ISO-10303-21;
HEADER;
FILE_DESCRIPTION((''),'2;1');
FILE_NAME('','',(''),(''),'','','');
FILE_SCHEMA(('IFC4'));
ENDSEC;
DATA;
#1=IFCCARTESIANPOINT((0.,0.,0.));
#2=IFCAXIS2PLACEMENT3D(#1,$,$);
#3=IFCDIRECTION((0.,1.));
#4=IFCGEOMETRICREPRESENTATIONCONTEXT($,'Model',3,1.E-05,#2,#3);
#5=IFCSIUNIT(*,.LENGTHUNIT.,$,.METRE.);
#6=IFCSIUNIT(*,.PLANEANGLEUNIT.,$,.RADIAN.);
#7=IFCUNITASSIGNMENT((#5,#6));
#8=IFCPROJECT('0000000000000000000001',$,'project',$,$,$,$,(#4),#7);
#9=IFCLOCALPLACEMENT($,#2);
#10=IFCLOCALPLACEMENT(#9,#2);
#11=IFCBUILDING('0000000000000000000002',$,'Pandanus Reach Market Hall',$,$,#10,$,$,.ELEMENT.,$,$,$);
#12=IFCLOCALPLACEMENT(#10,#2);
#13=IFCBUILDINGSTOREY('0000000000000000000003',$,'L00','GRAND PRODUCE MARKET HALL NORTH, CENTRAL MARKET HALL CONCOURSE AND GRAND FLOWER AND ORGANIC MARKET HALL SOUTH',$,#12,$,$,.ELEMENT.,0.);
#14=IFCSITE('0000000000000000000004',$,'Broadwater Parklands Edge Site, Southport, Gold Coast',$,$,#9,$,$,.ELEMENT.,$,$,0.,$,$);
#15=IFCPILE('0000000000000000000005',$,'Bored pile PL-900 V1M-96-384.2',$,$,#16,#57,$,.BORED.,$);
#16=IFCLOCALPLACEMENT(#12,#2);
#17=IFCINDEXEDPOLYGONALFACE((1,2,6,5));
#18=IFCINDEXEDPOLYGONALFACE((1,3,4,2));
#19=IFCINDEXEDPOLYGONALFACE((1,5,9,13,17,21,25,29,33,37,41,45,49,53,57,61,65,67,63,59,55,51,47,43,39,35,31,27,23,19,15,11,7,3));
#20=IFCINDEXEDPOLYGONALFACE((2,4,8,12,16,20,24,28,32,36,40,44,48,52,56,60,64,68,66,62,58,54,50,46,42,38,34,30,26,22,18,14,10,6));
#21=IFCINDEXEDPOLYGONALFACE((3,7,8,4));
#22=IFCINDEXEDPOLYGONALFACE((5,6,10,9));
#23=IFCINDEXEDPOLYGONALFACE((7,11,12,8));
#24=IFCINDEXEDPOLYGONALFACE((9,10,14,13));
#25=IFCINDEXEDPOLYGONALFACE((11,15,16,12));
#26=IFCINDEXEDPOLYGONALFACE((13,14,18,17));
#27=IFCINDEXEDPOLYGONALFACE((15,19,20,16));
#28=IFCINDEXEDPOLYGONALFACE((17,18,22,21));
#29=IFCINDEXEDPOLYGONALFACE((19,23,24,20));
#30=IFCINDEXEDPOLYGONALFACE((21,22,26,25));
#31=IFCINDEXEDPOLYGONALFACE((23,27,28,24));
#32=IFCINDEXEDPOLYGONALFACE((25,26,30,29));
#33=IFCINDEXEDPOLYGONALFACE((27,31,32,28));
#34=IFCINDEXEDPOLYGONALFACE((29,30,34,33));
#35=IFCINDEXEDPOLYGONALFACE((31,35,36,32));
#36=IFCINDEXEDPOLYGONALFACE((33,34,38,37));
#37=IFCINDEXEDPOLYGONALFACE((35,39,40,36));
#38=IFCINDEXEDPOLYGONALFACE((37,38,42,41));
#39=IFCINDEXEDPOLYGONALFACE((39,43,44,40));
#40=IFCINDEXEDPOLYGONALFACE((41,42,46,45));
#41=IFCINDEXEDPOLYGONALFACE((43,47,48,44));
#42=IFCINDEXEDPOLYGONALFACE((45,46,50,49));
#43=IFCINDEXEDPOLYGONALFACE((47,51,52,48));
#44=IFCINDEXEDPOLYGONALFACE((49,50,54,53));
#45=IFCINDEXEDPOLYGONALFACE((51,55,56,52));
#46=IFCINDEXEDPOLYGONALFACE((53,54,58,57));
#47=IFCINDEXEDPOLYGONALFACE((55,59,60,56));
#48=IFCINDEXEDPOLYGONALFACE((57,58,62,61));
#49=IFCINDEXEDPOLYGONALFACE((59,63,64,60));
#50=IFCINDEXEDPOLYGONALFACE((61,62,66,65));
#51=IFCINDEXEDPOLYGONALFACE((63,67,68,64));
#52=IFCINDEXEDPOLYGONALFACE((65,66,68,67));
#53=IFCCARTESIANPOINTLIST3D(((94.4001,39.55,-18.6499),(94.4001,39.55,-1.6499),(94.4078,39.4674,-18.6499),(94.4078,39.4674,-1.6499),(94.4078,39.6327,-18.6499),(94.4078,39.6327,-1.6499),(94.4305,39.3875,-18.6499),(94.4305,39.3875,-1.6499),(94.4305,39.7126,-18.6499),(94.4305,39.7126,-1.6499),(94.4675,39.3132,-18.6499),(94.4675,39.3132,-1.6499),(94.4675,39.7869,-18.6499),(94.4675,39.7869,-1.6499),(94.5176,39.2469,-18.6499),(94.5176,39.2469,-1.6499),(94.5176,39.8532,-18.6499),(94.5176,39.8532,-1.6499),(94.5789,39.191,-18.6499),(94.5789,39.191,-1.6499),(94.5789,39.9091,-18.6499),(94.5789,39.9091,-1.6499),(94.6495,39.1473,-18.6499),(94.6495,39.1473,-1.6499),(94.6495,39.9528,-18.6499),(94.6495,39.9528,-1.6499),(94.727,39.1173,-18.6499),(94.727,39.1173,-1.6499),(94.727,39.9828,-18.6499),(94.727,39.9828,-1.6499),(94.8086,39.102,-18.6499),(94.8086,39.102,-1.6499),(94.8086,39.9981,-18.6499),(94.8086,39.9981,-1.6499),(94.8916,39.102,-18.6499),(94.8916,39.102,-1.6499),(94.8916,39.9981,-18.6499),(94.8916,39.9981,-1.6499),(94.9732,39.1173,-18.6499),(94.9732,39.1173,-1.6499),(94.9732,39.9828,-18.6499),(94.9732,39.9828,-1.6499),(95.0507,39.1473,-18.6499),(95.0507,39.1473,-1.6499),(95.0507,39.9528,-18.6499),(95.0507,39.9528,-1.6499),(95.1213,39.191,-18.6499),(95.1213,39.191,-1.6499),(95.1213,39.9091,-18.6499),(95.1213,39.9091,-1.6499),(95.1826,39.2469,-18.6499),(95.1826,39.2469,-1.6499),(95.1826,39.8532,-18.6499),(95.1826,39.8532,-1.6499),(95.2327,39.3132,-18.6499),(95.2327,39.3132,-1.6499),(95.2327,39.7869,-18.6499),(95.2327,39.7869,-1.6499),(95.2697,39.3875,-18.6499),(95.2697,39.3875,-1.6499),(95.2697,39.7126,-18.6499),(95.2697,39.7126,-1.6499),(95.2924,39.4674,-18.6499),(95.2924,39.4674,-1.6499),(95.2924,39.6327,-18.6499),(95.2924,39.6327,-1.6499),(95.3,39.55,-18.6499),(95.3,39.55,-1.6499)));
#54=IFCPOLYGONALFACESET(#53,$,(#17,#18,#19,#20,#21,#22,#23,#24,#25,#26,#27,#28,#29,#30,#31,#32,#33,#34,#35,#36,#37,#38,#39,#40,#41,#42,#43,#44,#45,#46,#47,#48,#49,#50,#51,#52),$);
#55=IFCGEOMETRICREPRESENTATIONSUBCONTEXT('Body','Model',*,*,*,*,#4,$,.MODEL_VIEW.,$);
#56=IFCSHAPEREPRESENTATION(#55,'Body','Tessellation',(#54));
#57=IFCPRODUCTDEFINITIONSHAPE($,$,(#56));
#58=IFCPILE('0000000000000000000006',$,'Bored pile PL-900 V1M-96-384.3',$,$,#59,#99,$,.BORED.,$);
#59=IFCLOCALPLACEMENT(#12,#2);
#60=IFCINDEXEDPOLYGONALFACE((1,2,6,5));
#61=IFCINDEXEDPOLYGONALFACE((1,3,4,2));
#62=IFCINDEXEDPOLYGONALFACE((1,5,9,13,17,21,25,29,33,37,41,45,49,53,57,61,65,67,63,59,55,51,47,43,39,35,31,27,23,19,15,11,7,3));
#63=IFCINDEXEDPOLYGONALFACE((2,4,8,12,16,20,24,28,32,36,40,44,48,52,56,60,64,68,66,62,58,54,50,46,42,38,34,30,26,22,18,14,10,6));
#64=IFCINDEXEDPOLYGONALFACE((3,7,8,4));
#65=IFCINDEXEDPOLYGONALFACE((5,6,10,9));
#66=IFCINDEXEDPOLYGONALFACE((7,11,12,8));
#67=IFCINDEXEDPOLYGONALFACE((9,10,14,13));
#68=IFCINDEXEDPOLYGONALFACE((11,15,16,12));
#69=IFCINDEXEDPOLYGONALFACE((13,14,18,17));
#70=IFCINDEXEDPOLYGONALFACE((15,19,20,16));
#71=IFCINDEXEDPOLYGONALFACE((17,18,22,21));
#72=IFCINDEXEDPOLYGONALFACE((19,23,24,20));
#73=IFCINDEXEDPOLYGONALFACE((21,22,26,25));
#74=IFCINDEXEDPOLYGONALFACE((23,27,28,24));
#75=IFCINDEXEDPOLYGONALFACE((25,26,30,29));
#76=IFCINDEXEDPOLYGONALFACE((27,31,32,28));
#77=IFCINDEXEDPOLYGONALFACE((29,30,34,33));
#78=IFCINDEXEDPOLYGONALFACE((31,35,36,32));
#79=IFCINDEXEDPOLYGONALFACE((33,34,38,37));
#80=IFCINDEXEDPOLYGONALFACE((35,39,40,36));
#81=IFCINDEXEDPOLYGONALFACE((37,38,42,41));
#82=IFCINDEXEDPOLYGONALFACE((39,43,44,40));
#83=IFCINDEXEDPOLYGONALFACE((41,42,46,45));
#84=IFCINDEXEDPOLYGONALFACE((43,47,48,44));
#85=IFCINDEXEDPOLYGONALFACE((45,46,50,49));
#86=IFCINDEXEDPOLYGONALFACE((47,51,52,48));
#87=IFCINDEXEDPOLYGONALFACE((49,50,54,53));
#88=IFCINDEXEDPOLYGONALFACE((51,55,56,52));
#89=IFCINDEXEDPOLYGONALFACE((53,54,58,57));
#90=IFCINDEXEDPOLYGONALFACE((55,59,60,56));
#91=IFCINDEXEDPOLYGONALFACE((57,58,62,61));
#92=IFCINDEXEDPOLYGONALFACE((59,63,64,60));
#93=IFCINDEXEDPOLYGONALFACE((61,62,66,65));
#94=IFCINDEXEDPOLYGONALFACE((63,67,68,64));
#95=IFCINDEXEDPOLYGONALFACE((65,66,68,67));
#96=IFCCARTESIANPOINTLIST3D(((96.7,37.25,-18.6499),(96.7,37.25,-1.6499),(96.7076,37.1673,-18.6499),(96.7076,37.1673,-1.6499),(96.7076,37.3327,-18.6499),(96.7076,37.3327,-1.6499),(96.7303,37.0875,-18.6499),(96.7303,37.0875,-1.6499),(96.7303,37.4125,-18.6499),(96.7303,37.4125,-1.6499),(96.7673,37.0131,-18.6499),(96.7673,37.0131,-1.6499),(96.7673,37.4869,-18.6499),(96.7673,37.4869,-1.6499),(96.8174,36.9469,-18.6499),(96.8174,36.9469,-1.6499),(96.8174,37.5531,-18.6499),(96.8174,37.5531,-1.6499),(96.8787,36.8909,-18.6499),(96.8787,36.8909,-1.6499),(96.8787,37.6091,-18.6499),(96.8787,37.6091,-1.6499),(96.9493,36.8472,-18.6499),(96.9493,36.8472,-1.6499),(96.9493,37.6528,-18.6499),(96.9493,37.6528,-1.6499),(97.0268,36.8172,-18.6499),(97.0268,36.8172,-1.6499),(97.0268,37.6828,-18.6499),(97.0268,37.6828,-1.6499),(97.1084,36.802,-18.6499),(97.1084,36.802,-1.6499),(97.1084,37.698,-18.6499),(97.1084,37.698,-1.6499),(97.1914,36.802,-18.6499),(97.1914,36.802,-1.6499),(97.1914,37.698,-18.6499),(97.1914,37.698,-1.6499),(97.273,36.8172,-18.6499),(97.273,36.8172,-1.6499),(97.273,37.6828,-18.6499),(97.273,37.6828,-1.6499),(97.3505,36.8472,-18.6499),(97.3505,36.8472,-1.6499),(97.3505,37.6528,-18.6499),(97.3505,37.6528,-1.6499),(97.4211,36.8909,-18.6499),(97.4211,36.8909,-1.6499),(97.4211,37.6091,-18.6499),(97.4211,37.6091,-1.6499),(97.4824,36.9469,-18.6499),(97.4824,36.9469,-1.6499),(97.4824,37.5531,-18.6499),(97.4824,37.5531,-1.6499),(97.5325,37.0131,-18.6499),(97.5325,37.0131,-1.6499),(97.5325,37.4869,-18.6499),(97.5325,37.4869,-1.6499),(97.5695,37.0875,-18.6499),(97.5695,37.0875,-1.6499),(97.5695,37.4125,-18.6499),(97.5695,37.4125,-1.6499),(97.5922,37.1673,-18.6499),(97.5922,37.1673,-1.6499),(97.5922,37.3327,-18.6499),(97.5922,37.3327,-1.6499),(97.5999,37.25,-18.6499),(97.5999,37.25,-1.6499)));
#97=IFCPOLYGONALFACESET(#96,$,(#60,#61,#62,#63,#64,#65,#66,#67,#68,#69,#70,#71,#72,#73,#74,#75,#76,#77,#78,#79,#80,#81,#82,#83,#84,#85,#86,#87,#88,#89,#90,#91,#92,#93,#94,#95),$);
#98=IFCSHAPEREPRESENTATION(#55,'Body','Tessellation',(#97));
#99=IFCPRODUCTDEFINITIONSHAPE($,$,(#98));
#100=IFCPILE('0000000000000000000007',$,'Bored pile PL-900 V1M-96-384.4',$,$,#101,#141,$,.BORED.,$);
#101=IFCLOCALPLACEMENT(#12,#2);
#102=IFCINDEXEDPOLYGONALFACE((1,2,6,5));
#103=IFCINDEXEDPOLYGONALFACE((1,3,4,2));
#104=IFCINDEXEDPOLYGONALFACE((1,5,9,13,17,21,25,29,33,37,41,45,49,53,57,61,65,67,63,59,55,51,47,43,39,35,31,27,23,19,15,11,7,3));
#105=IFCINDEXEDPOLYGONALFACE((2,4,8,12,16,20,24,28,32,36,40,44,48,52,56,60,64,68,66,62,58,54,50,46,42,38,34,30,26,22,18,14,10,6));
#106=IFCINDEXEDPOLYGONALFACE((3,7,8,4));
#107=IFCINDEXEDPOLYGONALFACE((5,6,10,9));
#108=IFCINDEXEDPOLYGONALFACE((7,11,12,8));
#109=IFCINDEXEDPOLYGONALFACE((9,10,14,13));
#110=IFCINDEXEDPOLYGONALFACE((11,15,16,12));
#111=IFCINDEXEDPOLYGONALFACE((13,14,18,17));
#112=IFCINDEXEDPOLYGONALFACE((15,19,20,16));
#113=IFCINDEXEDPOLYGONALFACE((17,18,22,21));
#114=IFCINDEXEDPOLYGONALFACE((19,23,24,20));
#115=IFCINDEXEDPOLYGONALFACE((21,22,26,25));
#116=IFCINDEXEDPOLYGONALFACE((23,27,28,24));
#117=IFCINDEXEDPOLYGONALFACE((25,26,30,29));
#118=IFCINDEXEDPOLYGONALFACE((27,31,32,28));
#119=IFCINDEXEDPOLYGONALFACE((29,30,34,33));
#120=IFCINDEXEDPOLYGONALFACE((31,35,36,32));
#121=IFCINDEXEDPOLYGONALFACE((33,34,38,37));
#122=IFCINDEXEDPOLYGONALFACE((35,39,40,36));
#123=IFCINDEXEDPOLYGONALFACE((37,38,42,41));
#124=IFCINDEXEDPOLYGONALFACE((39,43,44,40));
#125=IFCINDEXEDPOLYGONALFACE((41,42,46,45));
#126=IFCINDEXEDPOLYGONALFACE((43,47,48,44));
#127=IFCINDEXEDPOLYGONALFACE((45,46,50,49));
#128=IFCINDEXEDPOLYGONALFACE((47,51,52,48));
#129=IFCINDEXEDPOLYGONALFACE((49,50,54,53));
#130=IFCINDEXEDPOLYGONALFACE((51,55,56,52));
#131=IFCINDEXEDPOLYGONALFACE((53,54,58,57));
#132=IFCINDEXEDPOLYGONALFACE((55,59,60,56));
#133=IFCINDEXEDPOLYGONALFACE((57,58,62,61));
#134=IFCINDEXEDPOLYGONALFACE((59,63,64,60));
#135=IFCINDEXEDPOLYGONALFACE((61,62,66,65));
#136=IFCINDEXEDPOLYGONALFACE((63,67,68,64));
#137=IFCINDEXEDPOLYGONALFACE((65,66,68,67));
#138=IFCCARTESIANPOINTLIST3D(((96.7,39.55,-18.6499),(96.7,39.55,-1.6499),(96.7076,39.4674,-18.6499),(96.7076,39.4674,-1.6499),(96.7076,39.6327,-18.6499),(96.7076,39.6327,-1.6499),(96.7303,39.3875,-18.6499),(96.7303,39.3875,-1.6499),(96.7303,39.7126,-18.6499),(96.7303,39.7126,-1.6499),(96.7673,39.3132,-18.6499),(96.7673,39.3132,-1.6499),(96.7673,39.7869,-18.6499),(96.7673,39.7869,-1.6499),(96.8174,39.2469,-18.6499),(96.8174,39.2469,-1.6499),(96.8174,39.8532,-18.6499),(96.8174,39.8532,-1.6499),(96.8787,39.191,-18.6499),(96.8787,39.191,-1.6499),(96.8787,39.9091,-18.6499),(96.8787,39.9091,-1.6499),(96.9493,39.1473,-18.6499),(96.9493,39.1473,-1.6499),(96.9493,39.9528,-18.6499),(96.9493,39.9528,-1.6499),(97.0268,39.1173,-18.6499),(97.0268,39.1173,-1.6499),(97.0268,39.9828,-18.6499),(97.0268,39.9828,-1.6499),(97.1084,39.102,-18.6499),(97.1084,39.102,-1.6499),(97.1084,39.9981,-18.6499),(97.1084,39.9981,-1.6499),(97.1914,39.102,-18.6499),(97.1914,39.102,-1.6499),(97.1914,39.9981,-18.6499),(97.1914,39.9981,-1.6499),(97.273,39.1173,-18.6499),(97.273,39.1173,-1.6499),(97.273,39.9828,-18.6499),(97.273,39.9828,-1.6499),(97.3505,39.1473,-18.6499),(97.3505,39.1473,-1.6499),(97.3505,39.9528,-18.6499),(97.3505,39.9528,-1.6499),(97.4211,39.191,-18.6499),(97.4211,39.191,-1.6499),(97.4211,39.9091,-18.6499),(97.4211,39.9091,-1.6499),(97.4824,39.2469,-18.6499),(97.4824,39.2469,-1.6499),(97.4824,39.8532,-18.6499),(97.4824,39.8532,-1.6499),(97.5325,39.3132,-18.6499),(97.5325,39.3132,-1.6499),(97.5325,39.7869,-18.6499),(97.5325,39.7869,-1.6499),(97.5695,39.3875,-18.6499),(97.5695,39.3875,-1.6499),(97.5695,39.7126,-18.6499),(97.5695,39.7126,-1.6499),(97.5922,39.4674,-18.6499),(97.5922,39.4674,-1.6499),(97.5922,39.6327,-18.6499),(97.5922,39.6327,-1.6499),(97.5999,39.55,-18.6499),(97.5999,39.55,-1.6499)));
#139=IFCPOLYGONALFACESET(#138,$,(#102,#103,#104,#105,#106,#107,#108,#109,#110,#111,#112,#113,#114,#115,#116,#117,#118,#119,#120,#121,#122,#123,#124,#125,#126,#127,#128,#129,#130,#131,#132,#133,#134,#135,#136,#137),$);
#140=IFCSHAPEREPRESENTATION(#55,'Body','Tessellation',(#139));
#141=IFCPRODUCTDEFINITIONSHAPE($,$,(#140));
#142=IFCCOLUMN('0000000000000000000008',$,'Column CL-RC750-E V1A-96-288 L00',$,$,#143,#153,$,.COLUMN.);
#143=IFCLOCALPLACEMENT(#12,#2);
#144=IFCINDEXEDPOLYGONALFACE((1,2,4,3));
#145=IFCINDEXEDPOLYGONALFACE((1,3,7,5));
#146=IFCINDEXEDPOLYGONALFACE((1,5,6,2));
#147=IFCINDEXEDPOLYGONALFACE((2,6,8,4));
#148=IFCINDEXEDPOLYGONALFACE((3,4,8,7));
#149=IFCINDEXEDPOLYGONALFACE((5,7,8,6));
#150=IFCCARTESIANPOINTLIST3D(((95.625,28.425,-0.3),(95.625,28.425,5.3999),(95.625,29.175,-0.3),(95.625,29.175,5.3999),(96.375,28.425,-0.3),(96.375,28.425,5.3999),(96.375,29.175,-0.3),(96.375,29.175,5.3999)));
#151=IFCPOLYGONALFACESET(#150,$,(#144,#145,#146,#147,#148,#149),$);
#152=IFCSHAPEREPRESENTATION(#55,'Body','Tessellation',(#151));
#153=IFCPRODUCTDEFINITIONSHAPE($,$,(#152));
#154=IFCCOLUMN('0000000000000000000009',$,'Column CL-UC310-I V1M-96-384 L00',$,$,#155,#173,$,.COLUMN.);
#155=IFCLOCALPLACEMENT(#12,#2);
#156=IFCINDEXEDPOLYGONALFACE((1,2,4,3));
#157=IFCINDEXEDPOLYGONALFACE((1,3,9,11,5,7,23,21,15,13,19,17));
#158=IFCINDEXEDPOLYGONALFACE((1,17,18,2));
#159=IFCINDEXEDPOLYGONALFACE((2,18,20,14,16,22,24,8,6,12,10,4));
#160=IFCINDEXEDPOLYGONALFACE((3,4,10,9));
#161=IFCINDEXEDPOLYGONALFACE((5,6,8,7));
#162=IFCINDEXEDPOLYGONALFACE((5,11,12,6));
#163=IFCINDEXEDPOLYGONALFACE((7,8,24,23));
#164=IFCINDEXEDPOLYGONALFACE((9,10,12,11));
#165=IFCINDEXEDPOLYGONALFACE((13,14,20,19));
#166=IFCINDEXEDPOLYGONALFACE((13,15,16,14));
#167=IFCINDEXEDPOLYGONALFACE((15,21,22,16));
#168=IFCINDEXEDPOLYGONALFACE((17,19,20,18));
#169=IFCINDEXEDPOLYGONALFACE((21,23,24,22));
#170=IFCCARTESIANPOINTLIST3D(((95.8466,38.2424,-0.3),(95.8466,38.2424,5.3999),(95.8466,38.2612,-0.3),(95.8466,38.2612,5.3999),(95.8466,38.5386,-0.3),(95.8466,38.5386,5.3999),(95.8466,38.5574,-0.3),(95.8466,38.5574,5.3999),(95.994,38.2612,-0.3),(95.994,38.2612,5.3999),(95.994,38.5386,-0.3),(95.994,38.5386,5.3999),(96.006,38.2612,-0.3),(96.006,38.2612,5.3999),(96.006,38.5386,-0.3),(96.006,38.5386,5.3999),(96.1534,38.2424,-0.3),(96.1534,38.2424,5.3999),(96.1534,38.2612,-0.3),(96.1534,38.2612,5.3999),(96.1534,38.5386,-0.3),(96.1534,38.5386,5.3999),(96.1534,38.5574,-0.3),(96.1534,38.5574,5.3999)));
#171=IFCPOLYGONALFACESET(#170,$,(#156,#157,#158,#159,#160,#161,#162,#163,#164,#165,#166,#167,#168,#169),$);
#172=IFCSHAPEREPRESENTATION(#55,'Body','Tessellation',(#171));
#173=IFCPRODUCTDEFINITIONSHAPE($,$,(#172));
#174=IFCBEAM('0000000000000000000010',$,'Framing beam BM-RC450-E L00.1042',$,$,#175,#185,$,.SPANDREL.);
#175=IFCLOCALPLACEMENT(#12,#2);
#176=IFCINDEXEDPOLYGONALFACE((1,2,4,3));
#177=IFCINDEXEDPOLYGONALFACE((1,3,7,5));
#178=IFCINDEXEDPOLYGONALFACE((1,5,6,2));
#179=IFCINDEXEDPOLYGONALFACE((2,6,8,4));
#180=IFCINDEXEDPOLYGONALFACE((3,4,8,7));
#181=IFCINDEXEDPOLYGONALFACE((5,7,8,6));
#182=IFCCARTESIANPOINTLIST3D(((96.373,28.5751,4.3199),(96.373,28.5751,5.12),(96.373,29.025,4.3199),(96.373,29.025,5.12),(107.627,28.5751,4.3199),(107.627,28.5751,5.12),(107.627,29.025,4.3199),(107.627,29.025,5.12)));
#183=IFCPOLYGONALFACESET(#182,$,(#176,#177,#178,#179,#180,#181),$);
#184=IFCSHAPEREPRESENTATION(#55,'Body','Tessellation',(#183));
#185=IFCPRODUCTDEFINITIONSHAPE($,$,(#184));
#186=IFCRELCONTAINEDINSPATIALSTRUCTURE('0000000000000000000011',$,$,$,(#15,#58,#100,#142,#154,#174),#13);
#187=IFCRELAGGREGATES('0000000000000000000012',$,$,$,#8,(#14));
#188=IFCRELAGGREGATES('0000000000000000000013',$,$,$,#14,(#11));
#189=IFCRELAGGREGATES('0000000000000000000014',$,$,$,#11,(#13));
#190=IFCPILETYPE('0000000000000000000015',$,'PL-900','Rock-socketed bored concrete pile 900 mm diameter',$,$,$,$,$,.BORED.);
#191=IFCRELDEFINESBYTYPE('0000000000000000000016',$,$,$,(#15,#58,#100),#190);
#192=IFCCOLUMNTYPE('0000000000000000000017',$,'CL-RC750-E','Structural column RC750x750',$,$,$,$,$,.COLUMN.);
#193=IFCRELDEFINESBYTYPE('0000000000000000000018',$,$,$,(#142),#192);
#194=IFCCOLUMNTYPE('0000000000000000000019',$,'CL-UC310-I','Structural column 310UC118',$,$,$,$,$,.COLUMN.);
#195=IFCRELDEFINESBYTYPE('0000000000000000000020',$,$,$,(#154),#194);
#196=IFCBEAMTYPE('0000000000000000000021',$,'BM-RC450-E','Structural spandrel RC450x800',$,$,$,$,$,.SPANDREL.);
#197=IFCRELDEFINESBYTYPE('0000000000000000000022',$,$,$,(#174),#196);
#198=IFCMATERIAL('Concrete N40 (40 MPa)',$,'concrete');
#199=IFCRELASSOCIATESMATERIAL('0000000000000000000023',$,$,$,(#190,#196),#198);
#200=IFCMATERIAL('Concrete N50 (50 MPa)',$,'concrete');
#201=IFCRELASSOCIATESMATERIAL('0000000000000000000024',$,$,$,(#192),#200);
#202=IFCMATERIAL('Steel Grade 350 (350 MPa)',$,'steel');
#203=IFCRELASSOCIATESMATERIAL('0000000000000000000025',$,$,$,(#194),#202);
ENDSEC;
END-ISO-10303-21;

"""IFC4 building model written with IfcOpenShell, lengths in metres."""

from ifc_helpers import new_model, si_unit, direction, frame, origin, origin_2d, place, context, subcontext, project, spatial, rectangle, circle, i_section, extrude, material, material_profile, profile_set, type_object, element, save


model = new_model("IFC4")

# Units and contexts
model_context = context("Model", 3, precision=1e-05, world=origin(), true_north=direction((0.0, 1.0)))
body_context = subcontext(model_context, "Body", "Model", "MODEL_VIEW")
ifc_project = project(units=[si_unit("LENGTHUNIT", "METRE"), si_unit("PLANEANGLEUNIT", "RADIAN")], contexts=[model_context])

# Site, building, storey
site_placement = place(None, origin())
site = spatial("IfcSite", under=ifc_project, at=site_placement, Name="Broadwater Parklands Edge Site, Southport, Gold Coast", CompositionType="ELEMENT", RefElevation=0.0)
building_placement = place(site_placement, origin())
building = spatial("IfcBuilding", under=site, at=building_placement, Name="Pandanus Reach Market Hall", CompositionType="ELEMENT")
storey_placement = place(building_placement, origin())
storey = spatial("IfcBuildingStorey", under=building, at=storey_placement, Name="L00", Description="GRAND PRODUCE MARKET HALL NORTH, CENTRAL MARKET HALL CONCOURSE AND GRAND FLOWER AND ORGANIC MARKET HALL SOUTH", CompositionType="ELEMENT", Elevation=0.0)

# Shared definitions
ifc_material_1 = material(Name="Concrete N40 (40 MPa)", Category="concrete")

# Piles
ifc_material_profile_1 = material_profile(ifc_material_1, circle(Radius=0.45, at=origin_2d()), Name="PILE-900D", Category="LoadBearing")
ifc_profile_set_1 = profile_set([ifc_material_profile_1], Name="Concrete N40 (40 MPa)")
pile_type_1 = type_object("IfcPileType", Name="PL-900", Description="Rock-socketed bored concrete pile 900 mm diameter", PredefinedType="BORED", material=ifc_profile_set_1)
for number, where, z_axis, x_axis, name in (
    (1, (94.8501, 39.55, -1.6499), (0.0, 0.0, -1.0), (1.0, 0.0, 0.0), "Bored pile PL-900 V1M-96-384.2"),
    (2, (97.1499, 37.25, -1.6499), (0.0, 0.0, -1.0), (1.0, 0.0, 0.0), "Bored pile PL-900 V1M-96-384.3"),
    (3, (97.1499, 39.55, -1.6499), (0.0, 0.0, -1.0), (1.0, 0.0, 0.0), "Bored pile PL-900 V1M-96-384.4"),
):
    element("IfcPile", number, at=place(storey_placement, frame(where, z_axis=z_axis, x_axis=x_axis)), inside=storey, type_object=pile_type_1, Name=name, PredefinedType="BORED", context=body_context, shape_type="SweptSolid", body=[
        extrude(circle(Radius=0.45, at=origin_2d()), origin(), (0.0, 0.0, 1.0), 17.0),
    ])

# Columns
ifc_material_2 = material(Name="Concrete N50 (50 MPa)", Category="concrete")
ifc_material_profile_2 = material_profile(ifc_material_2, rectangle(XDim=0.75, YDim=0.75, at=origin_2d()), Name="RC750x750", Category="LoadBearing")
ifc_profile_set_2 = profile_set([ifc_material_profile_2], Name="Concrete N50 (50 MPa)")
column_type_1 = type_object("IfcColumnType", Name="CL-RC750-E", Description="Structural column RC750x750", PredefinedType="COLUMN", material=ifc_profile_set_2)
column_1_placement = place(storey_placement, frame((96.0, 28.8, -0.3), z_axis=(0.0, 0.0, 1.0), x_axis=(1.0, 0.0, 0.0)))
element("IfcColumn", 4, at=column_1_placement, inside=storey, type_object=column_type_1, Name="Column CL-RC750-E V1A-96-288 L00", PredefinedType="COLUMN", context=body_context, shape_type="SweptSolid", body=[
    extrude(rectangle(XDim=0.75, YDim=0.75, at=origin_2d()), origin(), (0.0, 0.0, 1.0), 5.7),
])
ifc_material_3 = material(Name="Steel Grade 350 (350 MPa)", Category="steel")
ifc_material_profile_3 = material_profile(ifc_material_3, i_section(OverallWidth=0.3069, OverallDepth=0.3149, WebThickness=0.012, FlangeThickness=0.0188, at=origin_2d()), Name="310UC118", Category="LoadBearing")
ifc_profile_set_3 = profile_set([ifc_material_profile_3], Name="Steel Grade 350 (350 MPa)")
column_type_2 = type_object("IfcColumnType", Name="CL-UC310-I", Description="Structural column 310UC118", PredefinedType="COLUMN", material=ifc_profile_set_3)
column_2_placement = place(storey_placement, frame((96.0, 38.3999, -0.3), z_axis=(0.0, 0.0, 1.0), x_axis=(1.0, 0.0, 0.0)))
element("IfcColumn", 5, at=column_2_placement, inside=storey, type_object=column_type_2, Name="Column CL-UC310-I V1M-96-384 L00", PredefinedType="COLUMN", context=body_context, shape_type="SweptSolid", body=[
    extrude(i_section(OverallWidth=0.3069, OverallDepth=0.3149, WebThickness=0.012, FlangeThickness=0.0188, at=origin_2d()), origin(), (0.0, 0.0, 1.0), 5.7),
])

# Beam
ifc_material_profile_4 = material_profile(ifc_material_1, rectangle(XDim=0.45, YDim=0.8, at=origin_2d()), Name="RC450x800", Category="LoadBearing")
ifc_profile_set_4 = profile_set([ifc_material_profile_4], Name="Concrete N40 (40 MPa)")
beam_type_1 = type_object("IfcBeamType", Name="BM-RC450-E", Description="Structural spandrel RC450x800", PredefinedType="SPANDREL", material=ifc_profile_set_4)
beam_1_placement = place(storey_placement, frame((96.373, 28.8, 4.72), z_axis=(1.0, 0.0, 0.0), x_axis=(0.0, 1.0, 0.0)))
element("IfcBeam", 6, at=beam_1_placement, inside=storey, type_object=beam_type_1, Name="Framing beam BM-RC450-E L00.1042", PredefinedType="SPANDREL", context=body_context, shape_type="SweptSolid", body=[
    extrude(rectangle(XDim=0.45, YDim=0.8, at=origin_2d()), origin(), (0.0, 0.0, 1.0), 11.2539),
])

save(model, "model.ifc")
